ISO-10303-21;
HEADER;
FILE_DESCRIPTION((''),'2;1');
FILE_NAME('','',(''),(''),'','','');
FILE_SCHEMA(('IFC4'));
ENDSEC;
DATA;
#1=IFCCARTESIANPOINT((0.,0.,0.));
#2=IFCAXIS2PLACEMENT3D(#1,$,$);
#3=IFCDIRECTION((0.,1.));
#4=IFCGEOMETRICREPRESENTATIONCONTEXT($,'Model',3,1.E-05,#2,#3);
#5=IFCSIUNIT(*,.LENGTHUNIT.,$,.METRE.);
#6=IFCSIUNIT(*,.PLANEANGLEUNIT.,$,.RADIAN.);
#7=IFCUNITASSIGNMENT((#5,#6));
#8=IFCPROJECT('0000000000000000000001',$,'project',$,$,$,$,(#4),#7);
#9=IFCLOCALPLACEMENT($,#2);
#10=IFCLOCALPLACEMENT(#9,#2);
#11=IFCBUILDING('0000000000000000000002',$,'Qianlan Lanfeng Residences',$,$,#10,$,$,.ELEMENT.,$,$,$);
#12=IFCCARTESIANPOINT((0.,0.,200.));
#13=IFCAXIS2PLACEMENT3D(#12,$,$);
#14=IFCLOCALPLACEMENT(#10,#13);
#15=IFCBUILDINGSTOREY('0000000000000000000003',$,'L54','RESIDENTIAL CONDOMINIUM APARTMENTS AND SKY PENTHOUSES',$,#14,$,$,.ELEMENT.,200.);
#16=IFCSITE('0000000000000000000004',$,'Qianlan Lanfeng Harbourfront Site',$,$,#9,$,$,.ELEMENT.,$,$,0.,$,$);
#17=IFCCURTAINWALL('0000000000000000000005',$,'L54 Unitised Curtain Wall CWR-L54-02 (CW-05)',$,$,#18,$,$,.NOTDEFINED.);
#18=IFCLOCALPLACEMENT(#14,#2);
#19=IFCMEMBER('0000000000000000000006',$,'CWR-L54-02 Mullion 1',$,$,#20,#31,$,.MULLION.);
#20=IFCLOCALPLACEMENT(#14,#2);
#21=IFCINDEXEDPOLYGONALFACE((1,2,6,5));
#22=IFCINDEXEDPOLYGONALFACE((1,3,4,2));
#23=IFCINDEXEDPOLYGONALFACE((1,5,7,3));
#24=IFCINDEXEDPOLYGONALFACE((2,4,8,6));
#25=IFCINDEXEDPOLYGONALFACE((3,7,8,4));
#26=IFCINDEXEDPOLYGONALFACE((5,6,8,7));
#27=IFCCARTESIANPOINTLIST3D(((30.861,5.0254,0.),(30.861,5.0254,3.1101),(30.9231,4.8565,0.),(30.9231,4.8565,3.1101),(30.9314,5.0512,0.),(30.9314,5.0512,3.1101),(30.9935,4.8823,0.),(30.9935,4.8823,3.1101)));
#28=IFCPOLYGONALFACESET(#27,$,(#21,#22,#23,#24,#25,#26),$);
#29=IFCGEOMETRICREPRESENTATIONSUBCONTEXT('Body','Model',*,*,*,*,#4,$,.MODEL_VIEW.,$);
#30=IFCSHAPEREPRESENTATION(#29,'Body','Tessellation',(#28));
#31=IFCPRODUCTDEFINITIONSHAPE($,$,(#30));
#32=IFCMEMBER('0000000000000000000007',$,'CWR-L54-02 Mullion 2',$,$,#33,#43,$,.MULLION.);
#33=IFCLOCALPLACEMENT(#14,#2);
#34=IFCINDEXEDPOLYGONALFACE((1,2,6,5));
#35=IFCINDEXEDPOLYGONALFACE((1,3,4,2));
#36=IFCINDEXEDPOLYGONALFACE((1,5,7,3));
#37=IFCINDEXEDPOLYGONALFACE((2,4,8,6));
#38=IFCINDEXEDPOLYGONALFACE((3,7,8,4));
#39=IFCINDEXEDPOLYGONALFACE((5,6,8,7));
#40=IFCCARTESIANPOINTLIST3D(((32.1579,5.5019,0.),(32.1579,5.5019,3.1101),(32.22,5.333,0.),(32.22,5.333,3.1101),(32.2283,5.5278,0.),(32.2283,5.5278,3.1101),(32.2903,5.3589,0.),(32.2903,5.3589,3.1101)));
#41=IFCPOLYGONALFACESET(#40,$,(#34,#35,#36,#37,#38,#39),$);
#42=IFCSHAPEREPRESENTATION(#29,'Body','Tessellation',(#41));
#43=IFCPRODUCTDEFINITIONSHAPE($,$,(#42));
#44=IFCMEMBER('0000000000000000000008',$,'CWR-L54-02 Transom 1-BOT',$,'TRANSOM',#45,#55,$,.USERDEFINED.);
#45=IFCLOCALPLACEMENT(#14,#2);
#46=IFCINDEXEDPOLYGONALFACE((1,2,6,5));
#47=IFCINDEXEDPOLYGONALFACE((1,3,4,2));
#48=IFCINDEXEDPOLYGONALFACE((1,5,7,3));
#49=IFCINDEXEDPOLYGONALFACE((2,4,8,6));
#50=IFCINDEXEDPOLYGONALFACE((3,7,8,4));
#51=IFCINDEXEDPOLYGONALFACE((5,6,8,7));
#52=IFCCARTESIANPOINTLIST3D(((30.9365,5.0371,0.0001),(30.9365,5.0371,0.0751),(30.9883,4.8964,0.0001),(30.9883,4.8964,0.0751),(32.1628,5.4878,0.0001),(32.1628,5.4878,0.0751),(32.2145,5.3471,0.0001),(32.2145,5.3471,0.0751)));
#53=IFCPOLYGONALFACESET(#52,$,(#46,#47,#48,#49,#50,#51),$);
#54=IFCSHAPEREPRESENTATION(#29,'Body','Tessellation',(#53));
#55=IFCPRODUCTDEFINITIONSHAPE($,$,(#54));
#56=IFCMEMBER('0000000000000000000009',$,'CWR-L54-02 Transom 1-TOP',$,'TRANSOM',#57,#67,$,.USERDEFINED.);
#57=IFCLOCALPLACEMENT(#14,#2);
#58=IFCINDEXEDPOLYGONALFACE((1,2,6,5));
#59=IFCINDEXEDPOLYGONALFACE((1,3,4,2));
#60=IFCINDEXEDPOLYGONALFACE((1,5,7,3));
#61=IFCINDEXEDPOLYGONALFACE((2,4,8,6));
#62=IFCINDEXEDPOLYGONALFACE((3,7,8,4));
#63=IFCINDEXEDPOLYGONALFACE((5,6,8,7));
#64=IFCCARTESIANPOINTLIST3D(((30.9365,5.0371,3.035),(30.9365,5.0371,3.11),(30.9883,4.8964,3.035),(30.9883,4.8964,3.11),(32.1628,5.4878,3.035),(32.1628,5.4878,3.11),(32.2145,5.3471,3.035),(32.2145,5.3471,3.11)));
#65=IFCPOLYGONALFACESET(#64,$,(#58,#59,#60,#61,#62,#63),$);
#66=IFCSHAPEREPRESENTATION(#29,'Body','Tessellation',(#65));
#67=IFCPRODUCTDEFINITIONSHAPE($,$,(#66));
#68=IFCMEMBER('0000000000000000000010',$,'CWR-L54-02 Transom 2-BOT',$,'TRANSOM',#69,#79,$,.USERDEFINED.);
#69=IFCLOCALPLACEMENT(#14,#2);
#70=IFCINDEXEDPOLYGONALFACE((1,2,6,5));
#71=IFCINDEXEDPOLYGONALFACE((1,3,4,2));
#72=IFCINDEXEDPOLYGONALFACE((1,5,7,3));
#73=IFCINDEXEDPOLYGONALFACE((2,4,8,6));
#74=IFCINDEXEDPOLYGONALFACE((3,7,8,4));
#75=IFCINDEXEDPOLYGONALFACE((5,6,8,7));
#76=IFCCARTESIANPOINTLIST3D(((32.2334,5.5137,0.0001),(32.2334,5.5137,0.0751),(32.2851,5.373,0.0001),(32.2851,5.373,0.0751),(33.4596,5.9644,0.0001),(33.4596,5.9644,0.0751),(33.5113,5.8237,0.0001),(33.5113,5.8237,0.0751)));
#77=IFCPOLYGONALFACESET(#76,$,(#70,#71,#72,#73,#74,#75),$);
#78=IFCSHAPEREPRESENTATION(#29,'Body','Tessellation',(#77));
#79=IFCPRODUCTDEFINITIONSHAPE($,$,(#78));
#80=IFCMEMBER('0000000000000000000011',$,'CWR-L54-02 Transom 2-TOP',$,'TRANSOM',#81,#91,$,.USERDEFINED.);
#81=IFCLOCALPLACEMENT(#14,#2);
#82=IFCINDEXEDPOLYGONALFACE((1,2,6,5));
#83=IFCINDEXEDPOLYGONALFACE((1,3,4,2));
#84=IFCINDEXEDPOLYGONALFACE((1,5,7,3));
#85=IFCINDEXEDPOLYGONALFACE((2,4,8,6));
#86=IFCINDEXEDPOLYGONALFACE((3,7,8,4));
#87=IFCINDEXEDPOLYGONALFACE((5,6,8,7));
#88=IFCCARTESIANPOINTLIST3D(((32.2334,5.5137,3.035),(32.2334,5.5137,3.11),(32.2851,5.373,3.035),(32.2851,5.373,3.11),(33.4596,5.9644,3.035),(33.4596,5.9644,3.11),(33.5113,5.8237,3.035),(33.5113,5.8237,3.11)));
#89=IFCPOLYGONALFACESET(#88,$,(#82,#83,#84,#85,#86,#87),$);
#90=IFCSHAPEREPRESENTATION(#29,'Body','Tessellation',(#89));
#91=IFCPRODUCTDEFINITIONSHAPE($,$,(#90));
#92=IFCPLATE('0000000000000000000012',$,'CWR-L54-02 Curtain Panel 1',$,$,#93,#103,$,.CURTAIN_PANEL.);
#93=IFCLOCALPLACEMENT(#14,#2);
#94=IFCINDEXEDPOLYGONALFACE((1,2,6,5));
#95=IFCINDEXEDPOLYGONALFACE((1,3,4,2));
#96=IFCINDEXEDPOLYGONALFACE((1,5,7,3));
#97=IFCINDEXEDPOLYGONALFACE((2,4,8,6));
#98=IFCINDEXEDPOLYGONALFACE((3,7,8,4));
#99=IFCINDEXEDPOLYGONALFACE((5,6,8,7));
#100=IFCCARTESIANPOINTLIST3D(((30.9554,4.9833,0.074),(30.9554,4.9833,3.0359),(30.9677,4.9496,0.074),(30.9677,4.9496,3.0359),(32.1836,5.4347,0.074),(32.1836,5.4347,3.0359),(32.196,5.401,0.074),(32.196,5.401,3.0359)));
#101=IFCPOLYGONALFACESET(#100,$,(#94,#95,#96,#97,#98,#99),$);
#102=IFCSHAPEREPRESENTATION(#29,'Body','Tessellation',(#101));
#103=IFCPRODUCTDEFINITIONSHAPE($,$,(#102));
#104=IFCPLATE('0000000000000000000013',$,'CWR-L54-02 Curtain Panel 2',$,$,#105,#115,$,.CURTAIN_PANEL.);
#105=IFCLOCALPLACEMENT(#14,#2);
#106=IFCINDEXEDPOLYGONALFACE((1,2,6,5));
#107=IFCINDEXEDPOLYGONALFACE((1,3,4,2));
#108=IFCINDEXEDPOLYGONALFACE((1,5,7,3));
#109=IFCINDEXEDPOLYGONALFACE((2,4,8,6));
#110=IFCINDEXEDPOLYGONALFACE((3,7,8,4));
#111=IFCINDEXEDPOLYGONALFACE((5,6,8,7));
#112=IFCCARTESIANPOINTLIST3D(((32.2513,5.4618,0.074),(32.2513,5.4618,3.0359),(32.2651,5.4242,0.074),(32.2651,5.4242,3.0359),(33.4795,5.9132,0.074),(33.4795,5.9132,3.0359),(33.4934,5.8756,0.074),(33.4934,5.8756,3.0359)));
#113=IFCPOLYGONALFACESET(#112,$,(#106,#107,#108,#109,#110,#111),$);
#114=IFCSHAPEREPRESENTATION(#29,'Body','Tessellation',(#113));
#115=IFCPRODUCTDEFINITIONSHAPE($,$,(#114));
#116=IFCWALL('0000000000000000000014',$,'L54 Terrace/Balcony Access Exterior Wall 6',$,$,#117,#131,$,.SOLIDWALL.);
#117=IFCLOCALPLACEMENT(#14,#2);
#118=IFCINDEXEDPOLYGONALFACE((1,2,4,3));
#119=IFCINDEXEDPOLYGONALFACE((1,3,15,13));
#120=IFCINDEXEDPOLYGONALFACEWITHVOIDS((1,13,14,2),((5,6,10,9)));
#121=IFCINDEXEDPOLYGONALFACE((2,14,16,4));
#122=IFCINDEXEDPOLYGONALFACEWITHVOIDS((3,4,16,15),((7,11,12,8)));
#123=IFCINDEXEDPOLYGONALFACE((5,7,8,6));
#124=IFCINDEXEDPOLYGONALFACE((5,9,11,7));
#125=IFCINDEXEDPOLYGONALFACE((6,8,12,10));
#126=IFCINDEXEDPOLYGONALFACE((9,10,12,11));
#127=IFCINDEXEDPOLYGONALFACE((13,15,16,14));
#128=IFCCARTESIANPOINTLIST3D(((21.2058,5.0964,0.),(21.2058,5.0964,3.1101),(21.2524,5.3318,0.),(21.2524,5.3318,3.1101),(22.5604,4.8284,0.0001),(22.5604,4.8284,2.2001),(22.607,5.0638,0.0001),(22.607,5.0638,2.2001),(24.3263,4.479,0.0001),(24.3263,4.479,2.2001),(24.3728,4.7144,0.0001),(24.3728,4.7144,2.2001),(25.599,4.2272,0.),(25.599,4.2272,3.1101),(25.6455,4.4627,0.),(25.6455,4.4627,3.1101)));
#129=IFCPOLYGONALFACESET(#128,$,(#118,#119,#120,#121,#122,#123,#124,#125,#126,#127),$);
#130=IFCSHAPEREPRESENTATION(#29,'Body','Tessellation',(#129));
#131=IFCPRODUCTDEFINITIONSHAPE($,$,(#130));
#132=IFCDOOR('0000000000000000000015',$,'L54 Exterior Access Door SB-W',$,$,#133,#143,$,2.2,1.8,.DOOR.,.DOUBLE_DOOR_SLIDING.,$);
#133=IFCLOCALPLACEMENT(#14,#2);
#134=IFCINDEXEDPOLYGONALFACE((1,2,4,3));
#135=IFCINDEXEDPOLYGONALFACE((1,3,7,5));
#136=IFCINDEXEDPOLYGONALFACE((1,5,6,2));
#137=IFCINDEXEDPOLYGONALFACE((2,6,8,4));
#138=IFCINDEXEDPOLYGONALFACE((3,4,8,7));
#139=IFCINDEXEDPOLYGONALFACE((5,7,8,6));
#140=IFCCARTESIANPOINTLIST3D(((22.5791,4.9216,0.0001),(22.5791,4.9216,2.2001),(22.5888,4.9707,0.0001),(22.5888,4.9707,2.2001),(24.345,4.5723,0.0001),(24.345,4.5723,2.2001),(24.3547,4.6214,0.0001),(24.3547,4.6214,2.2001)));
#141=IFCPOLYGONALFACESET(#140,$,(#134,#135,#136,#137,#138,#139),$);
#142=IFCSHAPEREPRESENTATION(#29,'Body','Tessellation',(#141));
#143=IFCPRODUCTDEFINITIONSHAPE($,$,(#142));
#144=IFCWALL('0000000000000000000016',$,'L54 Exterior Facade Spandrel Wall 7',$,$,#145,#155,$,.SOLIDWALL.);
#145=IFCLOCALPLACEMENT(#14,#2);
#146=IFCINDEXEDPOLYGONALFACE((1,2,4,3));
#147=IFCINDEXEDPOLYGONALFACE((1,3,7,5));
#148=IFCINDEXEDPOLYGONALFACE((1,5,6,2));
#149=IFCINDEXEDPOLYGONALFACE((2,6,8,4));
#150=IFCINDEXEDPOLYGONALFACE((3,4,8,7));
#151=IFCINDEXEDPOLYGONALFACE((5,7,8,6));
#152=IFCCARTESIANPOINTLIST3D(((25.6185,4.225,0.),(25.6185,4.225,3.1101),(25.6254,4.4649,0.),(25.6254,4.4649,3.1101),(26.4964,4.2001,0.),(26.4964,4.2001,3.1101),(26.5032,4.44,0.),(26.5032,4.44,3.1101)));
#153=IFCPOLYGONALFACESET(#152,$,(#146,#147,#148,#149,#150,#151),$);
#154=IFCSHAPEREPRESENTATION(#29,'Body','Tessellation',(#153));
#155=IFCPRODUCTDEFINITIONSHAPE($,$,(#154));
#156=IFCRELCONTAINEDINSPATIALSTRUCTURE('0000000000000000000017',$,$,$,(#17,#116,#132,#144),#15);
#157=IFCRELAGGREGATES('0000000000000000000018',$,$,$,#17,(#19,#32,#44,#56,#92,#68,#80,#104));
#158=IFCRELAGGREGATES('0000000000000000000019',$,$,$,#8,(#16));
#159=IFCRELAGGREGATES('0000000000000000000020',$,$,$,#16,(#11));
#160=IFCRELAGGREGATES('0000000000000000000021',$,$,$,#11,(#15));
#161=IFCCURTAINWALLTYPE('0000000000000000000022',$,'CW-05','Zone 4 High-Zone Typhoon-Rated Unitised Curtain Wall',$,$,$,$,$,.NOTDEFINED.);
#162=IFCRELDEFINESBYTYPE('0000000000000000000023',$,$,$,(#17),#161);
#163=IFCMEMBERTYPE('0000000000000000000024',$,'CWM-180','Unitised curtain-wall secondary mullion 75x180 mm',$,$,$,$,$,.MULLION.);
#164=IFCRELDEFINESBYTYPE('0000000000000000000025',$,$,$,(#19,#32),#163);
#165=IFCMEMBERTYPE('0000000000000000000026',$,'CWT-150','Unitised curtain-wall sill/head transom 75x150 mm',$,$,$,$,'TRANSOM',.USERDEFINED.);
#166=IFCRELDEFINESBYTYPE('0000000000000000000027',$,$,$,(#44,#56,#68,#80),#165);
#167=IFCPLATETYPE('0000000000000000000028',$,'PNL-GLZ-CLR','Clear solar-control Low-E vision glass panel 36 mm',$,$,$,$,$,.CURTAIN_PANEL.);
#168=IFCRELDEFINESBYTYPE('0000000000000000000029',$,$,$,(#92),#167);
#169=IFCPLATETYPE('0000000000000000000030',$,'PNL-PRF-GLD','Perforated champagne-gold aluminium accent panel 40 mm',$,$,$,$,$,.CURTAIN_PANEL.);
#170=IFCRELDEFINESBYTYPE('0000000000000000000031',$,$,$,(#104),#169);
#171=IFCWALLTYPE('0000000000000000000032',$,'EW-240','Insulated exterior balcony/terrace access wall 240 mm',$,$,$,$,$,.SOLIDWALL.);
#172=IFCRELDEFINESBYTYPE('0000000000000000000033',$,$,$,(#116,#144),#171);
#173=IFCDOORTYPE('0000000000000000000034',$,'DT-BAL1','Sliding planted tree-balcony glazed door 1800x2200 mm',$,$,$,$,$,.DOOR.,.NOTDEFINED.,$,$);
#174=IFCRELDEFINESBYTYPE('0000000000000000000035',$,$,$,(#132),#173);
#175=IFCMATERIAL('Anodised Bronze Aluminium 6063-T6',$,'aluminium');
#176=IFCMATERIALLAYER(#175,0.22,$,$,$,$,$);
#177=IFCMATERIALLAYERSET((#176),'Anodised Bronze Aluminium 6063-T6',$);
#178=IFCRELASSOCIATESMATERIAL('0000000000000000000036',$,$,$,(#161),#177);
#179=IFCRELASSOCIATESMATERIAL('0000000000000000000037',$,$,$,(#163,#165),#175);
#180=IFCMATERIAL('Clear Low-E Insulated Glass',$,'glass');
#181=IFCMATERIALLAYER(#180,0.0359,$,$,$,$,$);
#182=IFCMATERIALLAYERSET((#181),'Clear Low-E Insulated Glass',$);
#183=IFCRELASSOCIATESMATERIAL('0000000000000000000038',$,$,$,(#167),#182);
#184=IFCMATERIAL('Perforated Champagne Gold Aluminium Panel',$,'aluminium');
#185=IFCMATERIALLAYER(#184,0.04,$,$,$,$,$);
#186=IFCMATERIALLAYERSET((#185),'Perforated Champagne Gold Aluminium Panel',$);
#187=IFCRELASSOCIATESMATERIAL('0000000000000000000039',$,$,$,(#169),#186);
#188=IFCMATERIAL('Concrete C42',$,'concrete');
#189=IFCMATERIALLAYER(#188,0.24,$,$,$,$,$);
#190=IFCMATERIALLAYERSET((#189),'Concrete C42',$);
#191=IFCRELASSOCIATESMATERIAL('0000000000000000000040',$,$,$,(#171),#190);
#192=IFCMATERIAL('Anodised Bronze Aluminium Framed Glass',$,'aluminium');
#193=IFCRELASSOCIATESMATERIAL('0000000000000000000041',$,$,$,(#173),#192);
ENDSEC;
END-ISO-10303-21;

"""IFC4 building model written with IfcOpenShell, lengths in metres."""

from ifc_helpers import new_model, si_unit, direction, frame, frame_2d, origin, origin_2d, place, context, subcontext, project, spatial, rectangle, extrude, source, transform, mapped, material, layer, layer_set, material_profile, profile_set, type_object, element, fill, aggregate, save


model = new_model("IFC4")

# Units and contexts
model_context = context("Model", 3, precision=1e-05, world=origin(), true_north=direction((0.0, 1.0)))
body_context = subcontext(model_context, "Body", "Model", "MODEL_VIEW")
ifc_project = project(units=[si_unit("LENGTHUNIT", "METRE"), si_unit("PLANEANGLEUNIT", "RADIAN")], contexts=[model_context])

# Site, building, storey
site_placement = place(None, origin())
site = spatial("IfcSite", under=ifc_project, at=site_placement, Name="Qianlan Lanfeng Harbourfront Site", CompositionType="ELEMENT", RefElevation=0.0)
building_placement = place(site_placement, origin())
building = spatial("IfcBuilding", under=site, at=building_placement, Name="Qianlan Lanfeng Residences", CompositionType="ELEMENT")
storey_placement = place(building_placement, frame((0.0, 0.0, 200.0)))
storey = spatial("IfcBuildingStorey", under=building, at=storey_placement, Name="L54", Description="RESIDENTIAL CONDOMINIUM APARTMENTS AND SKY PENTHOUSES", CompositionType="ELEMENT", Elevation=200.0)

# Curtain wall, members, plates
ifc_material_1 = material(Name="Anodised Bronze Aluminium 6063-T6", Category="aluminium")
ifc_layer_1 = layer(ifc_material_1, 0.22)
ifc_layer_set_1 = layer_set([ifc_layer_1], Name="Anodised Bronze Aluminium 6063-T6")
curtain_wall_type = type_object("IfcCurtainWallType", Name="CW-05", Description="Zone 4 High-Zone Typhoon-Rated Unitised Curtain Wall", PredefinedType="NOTDEFINED", material=ifc_layer_set_1)
curtain_wall_placement = place(storey_placement, origin())
curtain_wall = element("IfcCurtainWall", 1, at=curtain_wall_placement, inside=storey, type_object=curtain_wall_type, Name="L54 Unitised Curtain Wall CWR-L54-02 (CW-05)", PredefinedType="NOTDEFINED")
ifc_material_profile_1 = material_profile(ifc_material_1, rectangle(XDim=0.075, YDim=0.1799, at=origin_2d()), Name="ALU MULLION 75x180")
ifc_profile_set_1 = profile_set([ifc_material_profile_1], Name="Anodised Bronze Aluminium 6063-T6")
member_type_1 = type_object("IfcMemberType", Name="CWM-180", Description="Unitised curtain-wall secondary mullion 75x180 mm", PredefinedType="MULLION", material=ifc_profile_set_1)
shared_shape_1 = source(origin(), body_context, "Body", "SweptSolid", [
    extrude(rectangle(XDim=0.075, YDim=0.1799, at=origin_2d()), origin(), (0.0, 0.0, 1.0), 3.1101),
])
member_1_placement = place(storey_placement, frame((30.9272, 4.9539, 0.0), z_axis=(0.0, 0.0, 1.0), x_axis=(0.938626, 0.344938, 0.0)))
member_1 = element("IfcMember", 2, at=member_1_placement, type_object=member_type_1, Name="CWR-L54-02 Mullion 1", PredefinedType="MULLION", context=body_context, shape_type="MappedRepresentation", body=[
    mapped(shared_shape_1, transform((0.0, 0.0, 0.0), scale=1.0)),
])
member_2_placement = place(storey_placement, frame((32.2241, 5.4304, 0.0), z_axis=(0.0, 0.0, 1.0), x_axis=(0.938626, 0.344938, 0.0)))
member_2 = element("IfcMember", 3, at=member_2_placement, type_object=member_type_1, Name="CWR-L54-02 Mullion 2", PredefinedType="MULLION", context=body_context, shape_type="MappedRepresentation", body=[
    mapped(shared_shape_1, transform((0.0, 0.0, 0.0), scale=1.0)),
])
ifc_material_profile_2 = material_profile(ifc_material_1, rectangle(XDim=0.075, YDim=0.1499, at=origin_2d()), Name="ALU TRANSOM 75x150")
ifc_profile_set_2 = profile_set([ifc_material_profile_2], Name="Anodised Bronze Aluminium 6063-T6")
member_type_2 = type_object("IfcMemberType", Name="CWT-150", Description="Unitised curtain-wall sill/head transom 75x150 mm", ElementType="TRANSOM", PredefinedType="USERDEFINED", material=ifc_profile_set_2)
shared_shape_2 = source(origin(), body_context, "Body", "SweptSolid", [
    extrude(rectangle(XDim=0.075, YDim=0.1499, at=origin_2d()), origin(), (0.0, 0.0, 1.0), 1.3064),
])
member_3_placement = place(storey_placement, frame((30.9624, 4.9668, 0.0376), z_axis=(0.93862, 0.344952, 0.0), x_axis=(0.0, 0.0, 1.0)))
member_3 = element("IfcMember", 4, at=member_3_placement, type_object=member_type_2, Name="CWR-L54-02 Transom 1-BOT", ObjectType="TRANSOM", PredefinedType="USERDEFINED", context=body_context, shape_type="MappedRepresentation", body=[
    mapped(shared_shape_2, transform((0.0, 0.0, 0.0), scale=1.0)),
])
member_4_placement = place(storey_placement, frame((30.9624, 4.9668, 3.0725), z_axis=(0.93862, 0.344952, 0.0), x_axis=(0.0, 0.0, 1.0)))
member_4 = element("IfcMember", 5, at=member_4_placement, type_object=member_type_2, Name="CWR-L54-02 Transom 1-TOP", ObjectType="TRANSOM", PredefinedType="USERDEFINED", context=body_context, shape_type="MappedRepresentation", body=[
    mapped(shared_shape_2, transform((0.0, 0.0, 0.0), scale=1.0)),
])
member_5_placement = place(storey_placement, frame((32.2593, 5.4434, 0.0376), z_axis=(0.93862, 0.344952, 0.0), x_axis=(0.0, 0.0, 1.0)))
member_5 = element("IfcMember", 6, at=member_5_placement, type_object=member_type_2, Name="CWR-L54-02 Transom 2-BOT", ObjectType="TRANSOM", PredefinedType="USERDEFINED", context=body_context, shape_type="MappedRepresentation", body=[
    mapped(shared_shape_2, transform((0.0, 0.0, 0.0), scale=1.0)),
])
member_6_placement = place(storey_placement, frame((32.2593, 5.4434, 3.0725), z_axis=(0.93862, 0.344952, 0.0), x_axis=(0.0, 0.0, 1.0)))
member_6 = element("IfcMember", 7, at=member_6_placement, type_object=member_type_2, Name="CWR-L54-02 Transom 2-TOP", ObjectType="TRANSOM", PredefinedType="USERDEFINED", context=body_context, shape_type="MappedRepresentation", body=[
    mapped(shared_shape_2, transform((0.0, 0.0, 0.0), scale=1.0)),
])
ifc_material_2 = material(Name="Clear Low-E Insulated Glass", Category="glass")
ifc_layer_2 = layer(ifc_material_2, 0.0359)
ifc_layer_set_2 = layer_set([ifc_layer_2], Name="Clear Low-E Insulated Glass")
plate_type_1 = type_object("IfcPlateType", Name="PNL-GLZ-CLR", Description="Clear solar-control Low-E vision glass panel 36 mm", PredefinedType="CURTAIN_PANEL", material=ifc_layer_set_2)
shared_shape_3 = source(origin(), body_context, "Body", "SweptSolid", [
    extrude(rectangle(XDim=1.3086, YDim=0.0359, at=origin_2d()), origin(), (0.0, 0.0, 1.0), 2.9619),
])
plate_1_placement = place(storey_placement, frame((31.5757, 5.1921, 0.074), z_axis=(0.0, 0.0, 1.0), x_axis=(0.938626, 0.344938, 0.0)))
plate_1 = element("IfcPlate", 8, at=plate_1_placement, type_object=plate_type_1, Name="CWR-L54-02 Curtain Panel 1", PredefinedType="CURTAIN_PANEL", context=body_context, shape_type="MappedRepresentation", body=[
    mapped(shared_shape_3, transform((0.0, 0.0, 0.0), scale=1.0)),
])
ifc_material_3 = material(Name="Perforated Champagne Gold Aluminium Panel", Category="aluminium")
ifc_layer_3 = layer(ifc_material_3, 0.04)
ifc_layer_set_3 = layer_set([ifc_layer_3], Name="Perforated Champagne Gold Aluminium Panel")
plate_type_2 = type_object("IfcPlateType", Name="PNL-PRF-GLD", Description="Perforated champagne-gold aluminium accent panel 40 mm", PredefinedType="CURTAIN_PANEL", material=ifc_layer_set_3)
shared_shape_4 = source(origin(), body_context, "Body", "SweptSolid", [
    extrude(rectangle(XDim=1.3086, YDim=0.04, at=origin_2d()), origin(), (0.0, 0.0, 1.0), 2.9619),
])
plate_2_placement = place(storey_placement, frame((32.8723, 5.6687, 0.074), z_axis=(0.0, 0.0, 1.0), x_axis=(0.938626, 0.344938, 0.0)))
plate_2 = element("IfcPlate", 9, at=plate_2_placement, type_object=plate_type_2, Name="CWR-L54-02 Curtain Panel 2", PredefinedType="CURTAIN_PANEL", context=body_context, shape_type="MappedRepresentation", body=[
    mapped(shared_shape_4, transform((0.0, 0.0, 0.0), scale=1.0)),
])
aggregate(curtain_wall, [member_1, member_2, member_3, member_4, plate_1, member_5, member_6, plate_2])

# Wall, opening, door
ifc_material_4 = material(Name="Concrete C42", Category="concrete")
ifc_layer_4 = layer(ifc_material_4, 0.24)
ifc_layer_set_4 = layer_set([ifc_layer_4], Name="Concrete C42")
wall_type_1 = type_object("IfcWallType", Name="EW-240", Description="Insulated exterior balcony/terrace access wall 240 mm", PredefinedType="SOLIDWALL", material=ifc_layer_set_4)
wall_1_placement = place(storey_placement, frame((21.229, 5.2141, 0.0), z_axis=(0.0, 0.0, 1.0), x_axis=(0.980985, -0.194082, 0.0)))
wall_1 = element("IfcWall", 10, at=wall_1_placement, inside=storey, type_object=wall_type_1, Name="L54 Terrace/Balcony Access Exterior Wall 6", PredefinedType="SOLIDWALL", context=body_context, shape_type="SweptSolid", body=[
    extrude(rectangle(XDim=4.4783, YDim=0.24, at=frame_2d((2.2393, 0.0))), origin(), (0.0, 0.0, 1.0), 3.1101),
])
opening_1_placement = place(wall_1_placement, frame((1.3811, 0.0, 0.0)))
opening_1 = element("IfcOpeningElement", 11, at=opening_1_placement, cuts=wall_1, PredefinedType="OPENING", context=body_context, shape_type="SweptSolid", body=[
    extrude(rectangle(XDim=1.8, YDim=2.2, at=frame_2d((0.8999, 1.1001))), frame((0.0, 0.1299, 0.0), z_axis=(0.0, -1.0, 0.0), x_axis=(1.0, 0.0, 0.0)), (0.0, 0.0, 1.0), 0.26),
])
ifc_material_5 = material(Name="Anodised Bronze Aluminium Framed Glass", Category="aluminium")
door_type_1 = type_object("IfcDoorType", Name="DT-BAL1", Description="Sliding planted tree-balcony glazed door 1800x2200 mm", OperationType="NOTDEFINED", PredefinedType="DOOR", material=ifc_material_5)
door_1_placement = place(opening_1_placement, frame((1.8, 0.0, 0.0), z_axis=(0.0, 0.0, 1.0), x_axis=(-1.0, 0.0, 0.0)))
door_1 = element("IfcDoor", 12, at=door_1_placement, inside=storey, type_object=door_type_1, Name="L54 Exterior Access Door SB-W", OperationType="DOUBLE_DOOR_SLIDING", OverallHeight=2.2, OverallWidth=1.8, PredefinedType="DOOR", context=body_context, shape_type="SweptSolid", body=[
    extrude(rectangle(XDim=1.8, YDim=2.2, at=frame_2d((0.8999, 1.1001))), frame((0.0, 0.0249, 0.0), z_axis=(0.0, -1.0, 0.0), x_axis=(1.0, 0.0, 0.0)), (0.0, 0.0, 1.0), 0.05),
])
fill(opening_1, door_1)

# Wall
wall_2_placement = place(storey_placement, frame((25.6221, 4.345, 0.0), z_axis=(0.0, 0.0, 1.0), x_axis=(0.999598, -0.028353, 0.0)))
element("IfcWall", 13, at=wall_2_placement, inside=storey, type_object=wall_type_1, Name="L54 Exterior Facade Spandrel Wall 7", PredefinedType="SOLIDWALL", context=body_context, shape_type="SweptSolid", body=[
    extrude(rectangle(XDim=0.8782, YDim=0.24, at=frame_2d((0.439, 0.0))), origin(), (0.0, 0.0, 1.0), 3.1101),
])

save(model, "model.ifc")
